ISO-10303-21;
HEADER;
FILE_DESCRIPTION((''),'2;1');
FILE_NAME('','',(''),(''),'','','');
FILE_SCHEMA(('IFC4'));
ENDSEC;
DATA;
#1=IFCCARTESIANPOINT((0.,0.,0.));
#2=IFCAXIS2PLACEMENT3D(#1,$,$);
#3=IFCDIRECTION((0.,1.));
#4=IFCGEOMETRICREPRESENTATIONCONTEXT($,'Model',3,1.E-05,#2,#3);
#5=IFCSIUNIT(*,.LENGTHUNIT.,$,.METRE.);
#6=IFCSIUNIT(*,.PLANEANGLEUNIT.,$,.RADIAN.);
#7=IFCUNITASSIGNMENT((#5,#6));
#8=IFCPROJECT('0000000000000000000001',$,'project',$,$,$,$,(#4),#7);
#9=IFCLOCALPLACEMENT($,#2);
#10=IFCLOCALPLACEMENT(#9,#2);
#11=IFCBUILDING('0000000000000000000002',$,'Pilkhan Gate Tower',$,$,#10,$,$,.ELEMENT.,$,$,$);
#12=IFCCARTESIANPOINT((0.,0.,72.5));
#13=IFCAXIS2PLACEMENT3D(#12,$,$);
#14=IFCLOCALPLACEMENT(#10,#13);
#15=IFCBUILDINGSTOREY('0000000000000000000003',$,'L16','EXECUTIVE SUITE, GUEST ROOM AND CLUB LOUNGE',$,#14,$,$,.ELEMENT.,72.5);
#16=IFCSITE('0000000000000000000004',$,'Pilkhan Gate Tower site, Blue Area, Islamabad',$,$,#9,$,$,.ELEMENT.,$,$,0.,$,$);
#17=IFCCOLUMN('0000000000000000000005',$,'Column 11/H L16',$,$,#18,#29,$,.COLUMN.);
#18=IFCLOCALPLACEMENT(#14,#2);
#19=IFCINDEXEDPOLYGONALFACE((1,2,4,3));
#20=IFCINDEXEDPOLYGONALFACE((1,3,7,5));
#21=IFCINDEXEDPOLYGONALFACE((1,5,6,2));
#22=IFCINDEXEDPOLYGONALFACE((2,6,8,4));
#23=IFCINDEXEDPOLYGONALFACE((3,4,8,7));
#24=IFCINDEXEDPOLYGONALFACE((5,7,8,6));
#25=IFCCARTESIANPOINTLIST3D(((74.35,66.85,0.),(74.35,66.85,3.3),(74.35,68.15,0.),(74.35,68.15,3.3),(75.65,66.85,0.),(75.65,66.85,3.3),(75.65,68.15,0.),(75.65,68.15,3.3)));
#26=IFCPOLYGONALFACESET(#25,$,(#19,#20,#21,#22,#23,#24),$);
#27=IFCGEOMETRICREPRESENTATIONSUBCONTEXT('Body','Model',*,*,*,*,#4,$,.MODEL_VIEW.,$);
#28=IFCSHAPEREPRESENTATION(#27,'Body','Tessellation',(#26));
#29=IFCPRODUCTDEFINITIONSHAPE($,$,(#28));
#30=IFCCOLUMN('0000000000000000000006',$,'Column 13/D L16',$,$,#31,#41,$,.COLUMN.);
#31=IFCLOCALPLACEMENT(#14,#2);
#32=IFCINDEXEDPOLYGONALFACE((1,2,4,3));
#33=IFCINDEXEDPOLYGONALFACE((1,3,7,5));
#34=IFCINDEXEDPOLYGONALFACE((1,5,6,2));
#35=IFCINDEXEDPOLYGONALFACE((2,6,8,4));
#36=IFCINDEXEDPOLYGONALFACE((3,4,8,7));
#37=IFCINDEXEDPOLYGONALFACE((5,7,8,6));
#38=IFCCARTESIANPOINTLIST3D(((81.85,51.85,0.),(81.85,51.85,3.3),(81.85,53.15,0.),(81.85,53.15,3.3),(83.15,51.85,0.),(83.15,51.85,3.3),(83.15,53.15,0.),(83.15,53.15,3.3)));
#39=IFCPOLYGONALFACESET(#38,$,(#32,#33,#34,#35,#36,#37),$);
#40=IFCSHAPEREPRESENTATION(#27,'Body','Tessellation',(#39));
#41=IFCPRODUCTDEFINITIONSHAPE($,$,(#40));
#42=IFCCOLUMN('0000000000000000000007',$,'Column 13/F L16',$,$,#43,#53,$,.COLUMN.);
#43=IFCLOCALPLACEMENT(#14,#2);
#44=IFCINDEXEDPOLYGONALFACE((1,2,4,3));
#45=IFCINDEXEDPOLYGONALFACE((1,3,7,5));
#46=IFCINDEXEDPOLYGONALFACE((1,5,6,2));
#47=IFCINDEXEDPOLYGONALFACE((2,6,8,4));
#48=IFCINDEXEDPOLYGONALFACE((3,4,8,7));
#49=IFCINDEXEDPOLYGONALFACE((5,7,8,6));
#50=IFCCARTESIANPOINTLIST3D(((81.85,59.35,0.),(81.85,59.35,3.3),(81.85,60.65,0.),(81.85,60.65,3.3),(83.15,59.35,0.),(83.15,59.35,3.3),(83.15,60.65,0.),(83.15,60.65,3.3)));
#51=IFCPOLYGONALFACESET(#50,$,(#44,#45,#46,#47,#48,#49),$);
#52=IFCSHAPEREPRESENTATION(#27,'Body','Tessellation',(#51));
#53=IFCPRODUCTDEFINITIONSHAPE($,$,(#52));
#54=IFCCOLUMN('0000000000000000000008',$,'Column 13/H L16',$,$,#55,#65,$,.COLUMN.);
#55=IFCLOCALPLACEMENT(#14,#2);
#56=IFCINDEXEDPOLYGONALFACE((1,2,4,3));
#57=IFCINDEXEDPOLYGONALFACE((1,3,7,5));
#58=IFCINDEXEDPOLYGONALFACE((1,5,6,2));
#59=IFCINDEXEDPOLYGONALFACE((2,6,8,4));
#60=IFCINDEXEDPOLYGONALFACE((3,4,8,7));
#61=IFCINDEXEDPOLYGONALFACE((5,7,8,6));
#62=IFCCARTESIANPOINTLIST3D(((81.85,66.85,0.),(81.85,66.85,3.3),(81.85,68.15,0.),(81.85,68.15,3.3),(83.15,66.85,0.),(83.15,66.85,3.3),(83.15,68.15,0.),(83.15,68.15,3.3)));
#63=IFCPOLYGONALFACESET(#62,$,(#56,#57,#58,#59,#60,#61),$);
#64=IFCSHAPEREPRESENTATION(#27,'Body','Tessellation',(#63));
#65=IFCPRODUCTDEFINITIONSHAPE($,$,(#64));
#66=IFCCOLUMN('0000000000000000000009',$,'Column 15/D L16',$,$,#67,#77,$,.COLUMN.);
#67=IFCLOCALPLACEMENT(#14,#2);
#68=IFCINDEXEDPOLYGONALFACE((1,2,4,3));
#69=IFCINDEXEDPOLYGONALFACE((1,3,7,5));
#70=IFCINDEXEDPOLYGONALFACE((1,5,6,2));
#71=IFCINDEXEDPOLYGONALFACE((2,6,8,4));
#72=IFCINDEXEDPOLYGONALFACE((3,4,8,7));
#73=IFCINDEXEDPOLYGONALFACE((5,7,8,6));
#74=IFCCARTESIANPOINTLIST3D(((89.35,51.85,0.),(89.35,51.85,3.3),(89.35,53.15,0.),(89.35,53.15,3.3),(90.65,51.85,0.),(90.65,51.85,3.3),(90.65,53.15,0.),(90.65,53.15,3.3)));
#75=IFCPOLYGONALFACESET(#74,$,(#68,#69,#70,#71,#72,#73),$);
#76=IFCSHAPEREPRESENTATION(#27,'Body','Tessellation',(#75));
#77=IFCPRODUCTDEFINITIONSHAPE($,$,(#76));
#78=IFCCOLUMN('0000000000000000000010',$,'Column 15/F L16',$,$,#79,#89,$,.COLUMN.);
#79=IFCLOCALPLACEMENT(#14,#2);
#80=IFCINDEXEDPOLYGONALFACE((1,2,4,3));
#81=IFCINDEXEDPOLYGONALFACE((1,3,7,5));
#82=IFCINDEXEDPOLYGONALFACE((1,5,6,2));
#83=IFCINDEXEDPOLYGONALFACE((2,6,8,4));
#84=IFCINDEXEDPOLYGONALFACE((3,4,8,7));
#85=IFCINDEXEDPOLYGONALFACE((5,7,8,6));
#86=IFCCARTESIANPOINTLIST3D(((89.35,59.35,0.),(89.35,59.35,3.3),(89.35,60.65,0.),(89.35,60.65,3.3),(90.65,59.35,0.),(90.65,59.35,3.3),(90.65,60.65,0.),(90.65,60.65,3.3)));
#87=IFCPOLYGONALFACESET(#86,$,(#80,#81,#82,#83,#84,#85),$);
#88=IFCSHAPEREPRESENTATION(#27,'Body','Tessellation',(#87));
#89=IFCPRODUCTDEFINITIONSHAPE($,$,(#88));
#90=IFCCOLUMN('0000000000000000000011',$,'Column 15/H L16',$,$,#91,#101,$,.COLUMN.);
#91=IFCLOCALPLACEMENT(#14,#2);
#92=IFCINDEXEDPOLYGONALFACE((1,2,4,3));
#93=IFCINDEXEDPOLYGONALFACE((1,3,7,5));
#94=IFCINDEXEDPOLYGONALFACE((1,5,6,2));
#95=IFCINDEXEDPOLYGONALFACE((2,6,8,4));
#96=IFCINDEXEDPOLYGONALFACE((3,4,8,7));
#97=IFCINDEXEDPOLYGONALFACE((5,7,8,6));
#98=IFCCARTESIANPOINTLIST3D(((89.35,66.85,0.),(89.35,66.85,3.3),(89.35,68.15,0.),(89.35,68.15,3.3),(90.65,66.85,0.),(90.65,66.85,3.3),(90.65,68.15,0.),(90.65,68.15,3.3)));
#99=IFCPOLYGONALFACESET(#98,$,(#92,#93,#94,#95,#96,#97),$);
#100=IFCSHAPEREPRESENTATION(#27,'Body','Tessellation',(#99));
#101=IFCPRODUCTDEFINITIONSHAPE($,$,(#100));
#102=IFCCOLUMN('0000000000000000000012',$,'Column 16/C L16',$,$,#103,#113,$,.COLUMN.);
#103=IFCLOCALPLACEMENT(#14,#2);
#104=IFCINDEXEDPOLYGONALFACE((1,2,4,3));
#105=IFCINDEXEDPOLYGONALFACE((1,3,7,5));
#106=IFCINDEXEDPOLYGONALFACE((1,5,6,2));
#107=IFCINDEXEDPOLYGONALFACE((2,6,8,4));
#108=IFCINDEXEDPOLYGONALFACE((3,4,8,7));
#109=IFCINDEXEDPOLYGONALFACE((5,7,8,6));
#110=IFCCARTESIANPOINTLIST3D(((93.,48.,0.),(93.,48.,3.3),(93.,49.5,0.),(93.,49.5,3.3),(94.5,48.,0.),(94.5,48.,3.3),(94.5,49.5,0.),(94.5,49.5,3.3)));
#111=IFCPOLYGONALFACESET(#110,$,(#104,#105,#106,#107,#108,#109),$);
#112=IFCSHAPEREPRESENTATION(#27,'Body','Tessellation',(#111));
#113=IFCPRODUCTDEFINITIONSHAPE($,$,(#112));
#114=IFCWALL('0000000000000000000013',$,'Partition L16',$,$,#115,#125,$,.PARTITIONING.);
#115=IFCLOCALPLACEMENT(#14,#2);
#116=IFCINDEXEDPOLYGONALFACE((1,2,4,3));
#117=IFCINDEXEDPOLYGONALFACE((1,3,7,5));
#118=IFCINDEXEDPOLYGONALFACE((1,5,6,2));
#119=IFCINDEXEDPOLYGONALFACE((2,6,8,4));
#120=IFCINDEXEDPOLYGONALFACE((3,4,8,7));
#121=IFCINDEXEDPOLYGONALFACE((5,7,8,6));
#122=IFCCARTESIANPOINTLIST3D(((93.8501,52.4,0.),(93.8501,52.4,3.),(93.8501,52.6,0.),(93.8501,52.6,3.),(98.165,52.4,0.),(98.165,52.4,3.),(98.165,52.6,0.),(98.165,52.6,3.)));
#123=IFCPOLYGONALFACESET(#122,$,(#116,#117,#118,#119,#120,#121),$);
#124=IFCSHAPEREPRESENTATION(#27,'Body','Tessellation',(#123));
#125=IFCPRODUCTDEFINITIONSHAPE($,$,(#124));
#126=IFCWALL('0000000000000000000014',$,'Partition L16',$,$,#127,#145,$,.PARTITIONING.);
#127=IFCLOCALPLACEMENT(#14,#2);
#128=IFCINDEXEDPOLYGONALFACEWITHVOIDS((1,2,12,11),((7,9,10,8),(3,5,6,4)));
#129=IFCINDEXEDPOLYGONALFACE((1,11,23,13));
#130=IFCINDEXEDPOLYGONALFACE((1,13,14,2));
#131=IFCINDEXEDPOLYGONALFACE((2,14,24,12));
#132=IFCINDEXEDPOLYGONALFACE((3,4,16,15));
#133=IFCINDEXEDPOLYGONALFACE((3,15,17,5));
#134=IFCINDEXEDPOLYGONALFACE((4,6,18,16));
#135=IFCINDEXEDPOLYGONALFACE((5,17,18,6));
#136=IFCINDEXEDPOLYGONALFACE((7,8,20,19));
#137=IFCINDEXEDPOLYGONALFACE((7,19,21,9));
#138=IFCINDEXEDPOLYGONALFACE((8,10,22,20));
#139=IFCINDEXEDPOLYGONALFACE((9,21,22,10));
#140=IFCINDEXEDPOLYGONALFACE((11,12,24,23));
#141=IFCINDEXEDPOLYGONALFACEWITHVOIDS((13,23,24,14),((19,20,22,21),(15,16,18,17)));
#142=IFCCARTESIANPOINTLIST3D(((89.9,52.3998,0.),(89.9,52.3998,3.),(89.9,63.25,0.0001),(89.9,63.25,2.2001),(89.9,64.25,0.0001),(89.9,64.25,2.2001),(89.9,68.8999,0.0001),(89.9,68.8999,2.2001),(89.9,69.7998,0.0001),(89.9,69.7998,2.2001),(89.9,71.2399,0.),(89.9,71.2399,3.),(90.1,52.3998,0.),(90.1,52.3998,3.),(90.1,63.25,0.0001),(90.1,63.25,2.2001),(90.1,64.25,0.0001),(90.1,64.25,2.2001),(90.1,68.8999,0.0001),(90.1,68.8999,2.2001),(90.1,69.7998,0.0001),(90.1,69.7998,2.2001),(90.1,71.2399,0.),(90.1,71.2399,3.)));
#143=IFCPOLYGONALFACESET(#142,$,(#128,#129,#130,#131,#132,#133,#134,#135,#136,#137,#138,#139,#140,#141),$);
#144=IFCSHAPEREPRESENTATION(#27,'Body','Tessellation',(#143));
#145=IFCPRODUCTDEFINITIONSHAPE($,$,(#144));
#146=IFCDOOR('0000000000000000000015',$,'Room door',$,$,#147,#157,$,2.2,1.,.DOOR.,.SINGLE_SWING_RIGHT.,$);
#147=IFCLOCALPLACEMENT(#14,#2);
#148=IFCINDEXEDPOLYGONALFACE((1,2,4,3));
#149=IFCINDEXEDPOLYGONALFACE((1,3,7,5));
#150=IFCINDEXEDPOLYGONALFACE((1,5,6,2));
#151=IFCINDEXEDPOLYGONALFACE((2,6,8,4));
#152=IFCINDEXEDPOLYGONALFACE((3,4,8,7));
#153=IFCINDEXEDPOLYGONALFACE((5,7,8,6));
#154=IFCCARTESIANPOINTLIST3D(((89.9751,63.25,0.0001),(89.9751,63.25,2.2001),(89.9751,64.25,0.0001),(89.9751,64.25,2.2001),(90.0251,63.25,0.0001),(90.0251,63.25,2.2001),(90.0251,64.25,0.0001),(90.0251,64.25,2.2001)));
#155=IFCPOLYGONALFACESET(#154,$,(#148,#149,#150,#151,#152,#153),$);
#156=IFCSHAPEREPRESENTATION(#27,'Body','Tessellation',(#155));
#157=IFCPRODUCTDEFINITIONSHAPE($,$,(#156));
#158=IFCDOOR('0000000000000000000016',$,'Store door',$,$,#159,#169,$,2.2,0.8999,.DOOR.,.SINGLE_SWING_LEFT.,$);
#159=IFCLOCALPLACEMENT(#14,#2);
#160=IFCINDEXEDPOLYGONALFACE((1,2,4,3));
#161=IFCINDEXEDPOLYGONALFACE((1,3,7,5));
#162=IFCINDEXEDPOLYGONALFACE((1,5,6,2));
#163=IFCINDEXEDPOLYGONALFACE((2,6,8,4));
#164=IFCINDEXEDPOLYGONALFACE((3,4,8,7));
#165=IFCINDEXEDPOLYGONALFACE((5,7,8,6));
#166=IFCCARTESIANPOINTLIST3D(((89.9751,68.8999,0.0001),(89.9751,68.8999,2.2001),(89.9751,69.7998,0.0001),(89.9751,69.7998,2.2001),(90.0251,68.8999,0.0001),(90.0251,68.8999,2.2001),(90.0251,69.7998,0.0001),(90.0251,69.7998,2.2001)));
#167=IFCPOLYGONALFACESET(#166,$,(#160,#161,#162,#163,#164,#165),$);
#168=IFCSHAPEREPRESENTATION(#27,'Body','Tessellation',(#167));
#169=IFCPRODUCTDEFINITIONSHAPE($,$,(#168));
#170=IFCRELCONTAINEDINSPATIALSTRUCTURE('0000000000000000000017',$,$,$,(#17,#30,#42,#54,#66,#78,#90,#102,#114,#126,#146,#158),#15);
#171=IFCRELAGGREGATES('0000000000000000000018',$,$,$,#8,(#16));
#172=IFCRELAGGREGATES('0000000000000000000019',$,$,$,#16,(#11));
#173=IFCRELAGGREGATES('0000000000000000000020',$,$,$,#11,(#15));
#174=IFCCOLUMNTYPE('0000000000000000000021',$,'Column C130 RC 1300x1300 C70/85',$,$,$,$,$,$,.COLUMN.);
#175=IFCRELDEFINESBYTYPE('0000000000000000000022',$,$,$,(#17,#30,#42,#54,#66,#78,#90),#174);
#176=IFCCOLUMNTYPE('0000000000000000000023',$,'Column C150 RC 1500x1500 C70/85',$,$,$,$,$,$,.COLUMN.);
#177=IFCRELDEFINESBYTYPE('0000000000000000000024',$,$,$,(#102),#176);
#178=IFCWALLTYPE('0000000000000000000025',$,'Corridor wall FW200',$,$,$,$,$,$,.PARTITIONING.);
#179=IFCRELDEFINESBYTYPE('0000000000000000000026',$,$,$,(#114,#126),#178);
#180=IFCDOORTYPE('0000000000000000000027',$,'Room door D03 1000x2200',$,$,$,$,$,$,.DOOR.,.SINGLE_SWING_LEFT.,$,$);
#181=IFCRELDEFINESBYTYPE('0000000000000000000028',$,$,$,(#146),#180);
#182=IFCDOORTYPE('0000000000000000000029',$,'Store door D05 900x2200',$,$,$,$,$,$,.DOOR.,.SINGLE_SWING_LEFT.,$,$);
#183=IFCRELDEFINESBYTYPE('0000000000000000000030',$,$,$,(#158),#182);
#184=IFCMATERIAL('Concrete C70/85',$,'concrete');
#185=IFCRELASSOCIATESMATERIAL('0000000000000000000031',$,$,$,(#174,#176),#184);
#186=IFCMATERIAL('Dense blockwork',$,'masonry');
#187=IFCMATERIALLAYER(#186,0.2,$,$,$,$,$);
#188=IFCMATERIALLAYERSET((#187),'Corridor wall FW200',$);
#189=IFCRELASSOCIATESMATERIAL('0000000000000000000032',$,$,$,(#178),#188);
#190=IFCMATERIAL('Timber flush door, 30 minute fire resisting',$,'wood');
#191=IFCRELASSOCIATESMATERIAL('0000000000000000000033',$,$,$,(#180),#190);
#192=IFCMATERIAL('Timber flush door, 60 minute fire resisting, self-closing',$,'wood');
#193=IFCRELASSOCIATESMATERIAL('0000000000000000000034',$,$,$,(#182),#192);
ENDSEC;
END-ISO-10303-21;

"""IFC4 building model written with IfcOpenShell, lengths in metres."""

from ifc_helpers import new_model, si_unit, direction, frame, frame_2d, origin, origin_2d, place, context, subcontext, project, spatial, rectangle, extrude, material, layer, layer_set, material_profile, profile_set, type_object, element, fill, save


model = new_model("IFC4")

# Units and contexts
model_context = context("Model", 3, precision=1e-05, world=origin(), true_north=direction((0.0, 1.0)))
body_context = subcontext(model_context, "Body", "Model", "MODEL_VIEW")
ifc_project = project(units=[si_unit("LENGTHUNIT", "METRE"), si_unit("PLANEANGLEUNIT", "RADIAN")], contexts=[model_context])

# Site, building, storey
site_placement = place(None, origin())
site = spatial("IfcSite", under=ifc_project, at=site_placement, Name="Pilkhan Gate Tower site, Blue Area, Islamabad", CompositionType="ELEMENT", RefElevation=0.0)
building_placement = place(site_placement, origin())
building = spatial("IfcBuilding", under=site, at=building_placement, Name="Pilkhan Gate Tower", CompositionType="ELEMENT")
storey_placement = place(building_placement, frame((0.0, 0.0, 72.5)))
storey = spatial("IfcBuildingStorey", under=building, at=storey_placement, Name="L16", Description="EXECUTIVE SUITE, GUEST ROOM AND CLUB LOUNGE", CompositionType="ELEMENT", Elevation=72.5)

# Columns
ifc_material_1 = material(Name="Concrete C70/85", Category="concrete")
ifc_material_profile_1 = material_profile(ifc_material_1, rectangle(XDim=1.3, YDim=1.3, at=origin_2d()), Name="RC 1300x1300")
ifc_profile_set_1 = profile_set([ifc_material_profile_1], Name="Concrete C70/85")
column_type_1 = type_object("IfcColumnType", Name="Column C130 RC 1300x1300 C70/85", PredefinedType="COLUMN", material=ifc_profile_set_1)
for number, where, z_axis, x_axis, name in (
    (1, (75.0, 67.5, 0.0), (0.0, 0.0, 1.0), (1.0, 0.0, 0.0), "Column 11/H L16"),
    (2, (82.5, 52.5, 0.0), (0.0, 0.0, 1.0), (1.0, 0.0, 0.0), "Column 13/D L16"),
    (3, (82.5, 60.0, 0.0), (0.0, 0.0, 1.0), (1.0, 0.0, 0.0), "Column 13/F L16"),
    (4, (82.5, 67.5, 0.0), (0.0, 0.0, 1.0), (1.0, 0.0, 0.0), "Column 13/H L16"),
    (5, (90.0, 52.5, 0.0), (0.0, 0.0, 1.0), (1.0, 0.0, 0.0), "Column 15/D L16"),
    (6, (90.0, 60.0, 0.0), (0.0, 0.0, 1.0), (1.0, 0.0, 0.0), "Column 15/F L16"),
    (7, (90.0, 67.5, 0.0), (0.0, 0.0, 1.0), (1.0, 0.0, 0.0), "Column 15/H L16"),
):
    element("IfcColumn", number, at=place(storey_placement, frame(where, z_axis=z_axis, x_axis=x_axis)), inside=storey, type_object=column_type_1, Name=name, PredefinedType="COLUMN", context=body_context, shape_type="SweptSolid", body=[
        extrude(rectangle(XDim=1.3, YDim=1.3, at=origin_2d()), origin(), (0.0, 0.0, 1.0), 3.3),
    ])
ifc_material_profile_2 = material_profile(ifc_material_1, rectangle(XDim=1.5, YDim=1.5, at=origin_2d()), Name="RC 1500x1500")
ifc_profile_set_2 = profile_set([ifc_material_profile_2], Name="Concrete C70/85")
column_type_2 = type_object("IfcColumnType", Name="Column C150 RC 1500x1500 C70/85", PredefinedType="COLUMN", material=ifc_profile_set_2)
column_placement = place(storey_placement, frame((93.75, 48.75, 0.0), z_axis=(0.0, 0.0, 1.0), x_axis=(1.0, 0.0, 0.0)))
element("IfcColumn", 8, at=column_placement, inside=storey, type_object=column_type_2, Name="Column 16/C L16", PredefinedType="COLUMN", context=body_context, shape_type="SweptSolid", body=[
    extrude(rectangle(XDim=1.5, YDim=1.5, at=origin_2d()), origin(), (0.0, 0.0, 1.0), 3.3),
])

# Wall
ifc_material_2 = material(Name="Dense blockwork", Category="masonry")
ifc_layer_1 = layer(ifc_material_2, 0.2)
ifc_layer_set_1 = layer_set([ifc_layer_1], Name="Corridor wall FW200")
wall_type_1 = type_object("IfcWallType", Name="Corridor wall FW200", PredefinedType="PARTITIONING", material=ifc_layer_set_1)
wall_1_placement = place(storey_placement, frame((93.8501, 52.5, 0.0), z_axis=(0.0, 0.0, 1.0), x_axis=(1.0, 0.0, 0.0)))
element("IfcWall", 9, at=wall_1_placement, inside=storey, type_object=wall_type_1, Name="Partition L16", PredefinedType="PARTITIONING", context=body_context, shape_type="SweptSolid", body=[
    extrude(rectangle(XDim=4.3149, YDim=0.2, at=frame_2d((2.1575, 0.0))), origin(), (0.0, 0.0, 1.0), 3.0),
])

# Wall, openings, doors
wall_2_placement = place(storey_placement, frame((90.0, 52.3999, 0.0), z_axis=(0.0, 0.0, 1.0), x_axis=(0.0, 1.0, 0.0)))
wall_2 = element("IfcWall", 10, at=wall_2_placement, inside=storey, type_object=wall_type_1, Name="Partition L16", PredefinedType="PARTITIONING", context=body_context, shape_type="SweptSolid", body=[
    extrude(rectangle(XDim=18.8401, YDim=0.2, at=frame_2d((9.4199, 0.0))), origin(), (0.0, 0.0, 1.0), 3.0),
])
opening_1_placement = place(wall_2_placement, frame((10.8501, 0.0, 0.0)))
opening_1 = element("IfcOpeningElement", 11, at=opening_1_placement, cuts=wall_2, PredefinedType="OPENING", context=body_context, shape_type="SweptSolid", body=[
    extrude(rectangle(XDim=1.0, YDim=2.2, at=frame_2d((0.5, 1.1001))), frame((0.0, 0.1099, 0.0), z_axis=(0.0, -1.0, 0.0), x_axis=(1.0, 0.0, 0.0)), (0.0, 0.0, 1.0), 0.22),
])
opening_2_placement = place(wall_2_placement, frame((16.5, 0.0, 0.0)))
opening_2 = element("IfcOpeningElement", 12, at=opening_2_placement, cuts=wall_2, PredefinedType="OPENING", context=body_context, shape_type="SweptSolid", body=[
    extrude(rectangle(XDim=0.8999, YDim=2.2, at=frame_2d((0.45, 1.1001))), frame((0.0, 0.1099, 0.0), z_axis=(0.0, -1.0, 0.0), x_axis=(1.0, 0.0, 0.0)), (0.0, 0.0, 1.0), 0.22),
])
ifc_material_3 = material(Name="Timber flush door, 30 minute fire resisting", Category="wood")
door_type_1 = type_object("IfcDoorType", Name="Room door D03 1000x2200", OperationType="SINGLE_SWING_LEFT", PredefinedType="DOOR", material=ifc_material_3)
door_1_placement = place(opening_1_placement, origin())
door_1 = element("IfcDoor", 13, at=door_1_placement, inside=storey, type_object=door_type_1, Name="Room door", OperationType="SINGLE_SWING_RIGHT", OverallHeight=2.2, OverallWidth=1.0, PredefinedType="DOOR", context=body_context, shape_type="SweptSolid", body=[
    extrude(rectangle(XDim=1.0, YDim=2.2, at=frame_2d((0.5, 1.1001))), frame((0.0, 0.0249, 0.0), z_axis=(0.0, -1.0, 0.0), x_axis=(1.0, 0.0, 0.0)), (0.0, 0.0, 1.0), 0.05),
])
fill(opening_1, door_1)
ifc_material_4 = material(Name="Timber flush door, 60 minute fire resisting, self-closing", Category="wood")
door_type_2 = type_object("IfcDoorType", Name="Store door D05 900x2200", OperationType="SINGLE_SWING_LEFT", PredefinedType="DOOR", material=ifc_material_4)
door_2_placement = place(opening_2_placement, origin())
door_2 = element("IfcDoor", 14, at=door_2_placement, inside=storey, type_object=door_type_2, Name="Store door", OperationType="SINGLE_SWING_LEFT", OverallHeight=2.2, OverallWidth=0.8999, PredefinedType="DOOR", context=body_context, shape_type="SweptSolid", body=[
    extrude(rectangle(XDim=0.8999, YDim=2.2, at=frame_2d((0.45, 1.1001))), frame((0.0, 0.0249, 0.0), z_axis=(0.0, -1.0, 0.0), x_axis=(1.0, 0.0, 0.0)), (0.0, 0.0, 1.0), 0.05),
])
fill(opening_2, door_2)

save(model, "model.ifc")
